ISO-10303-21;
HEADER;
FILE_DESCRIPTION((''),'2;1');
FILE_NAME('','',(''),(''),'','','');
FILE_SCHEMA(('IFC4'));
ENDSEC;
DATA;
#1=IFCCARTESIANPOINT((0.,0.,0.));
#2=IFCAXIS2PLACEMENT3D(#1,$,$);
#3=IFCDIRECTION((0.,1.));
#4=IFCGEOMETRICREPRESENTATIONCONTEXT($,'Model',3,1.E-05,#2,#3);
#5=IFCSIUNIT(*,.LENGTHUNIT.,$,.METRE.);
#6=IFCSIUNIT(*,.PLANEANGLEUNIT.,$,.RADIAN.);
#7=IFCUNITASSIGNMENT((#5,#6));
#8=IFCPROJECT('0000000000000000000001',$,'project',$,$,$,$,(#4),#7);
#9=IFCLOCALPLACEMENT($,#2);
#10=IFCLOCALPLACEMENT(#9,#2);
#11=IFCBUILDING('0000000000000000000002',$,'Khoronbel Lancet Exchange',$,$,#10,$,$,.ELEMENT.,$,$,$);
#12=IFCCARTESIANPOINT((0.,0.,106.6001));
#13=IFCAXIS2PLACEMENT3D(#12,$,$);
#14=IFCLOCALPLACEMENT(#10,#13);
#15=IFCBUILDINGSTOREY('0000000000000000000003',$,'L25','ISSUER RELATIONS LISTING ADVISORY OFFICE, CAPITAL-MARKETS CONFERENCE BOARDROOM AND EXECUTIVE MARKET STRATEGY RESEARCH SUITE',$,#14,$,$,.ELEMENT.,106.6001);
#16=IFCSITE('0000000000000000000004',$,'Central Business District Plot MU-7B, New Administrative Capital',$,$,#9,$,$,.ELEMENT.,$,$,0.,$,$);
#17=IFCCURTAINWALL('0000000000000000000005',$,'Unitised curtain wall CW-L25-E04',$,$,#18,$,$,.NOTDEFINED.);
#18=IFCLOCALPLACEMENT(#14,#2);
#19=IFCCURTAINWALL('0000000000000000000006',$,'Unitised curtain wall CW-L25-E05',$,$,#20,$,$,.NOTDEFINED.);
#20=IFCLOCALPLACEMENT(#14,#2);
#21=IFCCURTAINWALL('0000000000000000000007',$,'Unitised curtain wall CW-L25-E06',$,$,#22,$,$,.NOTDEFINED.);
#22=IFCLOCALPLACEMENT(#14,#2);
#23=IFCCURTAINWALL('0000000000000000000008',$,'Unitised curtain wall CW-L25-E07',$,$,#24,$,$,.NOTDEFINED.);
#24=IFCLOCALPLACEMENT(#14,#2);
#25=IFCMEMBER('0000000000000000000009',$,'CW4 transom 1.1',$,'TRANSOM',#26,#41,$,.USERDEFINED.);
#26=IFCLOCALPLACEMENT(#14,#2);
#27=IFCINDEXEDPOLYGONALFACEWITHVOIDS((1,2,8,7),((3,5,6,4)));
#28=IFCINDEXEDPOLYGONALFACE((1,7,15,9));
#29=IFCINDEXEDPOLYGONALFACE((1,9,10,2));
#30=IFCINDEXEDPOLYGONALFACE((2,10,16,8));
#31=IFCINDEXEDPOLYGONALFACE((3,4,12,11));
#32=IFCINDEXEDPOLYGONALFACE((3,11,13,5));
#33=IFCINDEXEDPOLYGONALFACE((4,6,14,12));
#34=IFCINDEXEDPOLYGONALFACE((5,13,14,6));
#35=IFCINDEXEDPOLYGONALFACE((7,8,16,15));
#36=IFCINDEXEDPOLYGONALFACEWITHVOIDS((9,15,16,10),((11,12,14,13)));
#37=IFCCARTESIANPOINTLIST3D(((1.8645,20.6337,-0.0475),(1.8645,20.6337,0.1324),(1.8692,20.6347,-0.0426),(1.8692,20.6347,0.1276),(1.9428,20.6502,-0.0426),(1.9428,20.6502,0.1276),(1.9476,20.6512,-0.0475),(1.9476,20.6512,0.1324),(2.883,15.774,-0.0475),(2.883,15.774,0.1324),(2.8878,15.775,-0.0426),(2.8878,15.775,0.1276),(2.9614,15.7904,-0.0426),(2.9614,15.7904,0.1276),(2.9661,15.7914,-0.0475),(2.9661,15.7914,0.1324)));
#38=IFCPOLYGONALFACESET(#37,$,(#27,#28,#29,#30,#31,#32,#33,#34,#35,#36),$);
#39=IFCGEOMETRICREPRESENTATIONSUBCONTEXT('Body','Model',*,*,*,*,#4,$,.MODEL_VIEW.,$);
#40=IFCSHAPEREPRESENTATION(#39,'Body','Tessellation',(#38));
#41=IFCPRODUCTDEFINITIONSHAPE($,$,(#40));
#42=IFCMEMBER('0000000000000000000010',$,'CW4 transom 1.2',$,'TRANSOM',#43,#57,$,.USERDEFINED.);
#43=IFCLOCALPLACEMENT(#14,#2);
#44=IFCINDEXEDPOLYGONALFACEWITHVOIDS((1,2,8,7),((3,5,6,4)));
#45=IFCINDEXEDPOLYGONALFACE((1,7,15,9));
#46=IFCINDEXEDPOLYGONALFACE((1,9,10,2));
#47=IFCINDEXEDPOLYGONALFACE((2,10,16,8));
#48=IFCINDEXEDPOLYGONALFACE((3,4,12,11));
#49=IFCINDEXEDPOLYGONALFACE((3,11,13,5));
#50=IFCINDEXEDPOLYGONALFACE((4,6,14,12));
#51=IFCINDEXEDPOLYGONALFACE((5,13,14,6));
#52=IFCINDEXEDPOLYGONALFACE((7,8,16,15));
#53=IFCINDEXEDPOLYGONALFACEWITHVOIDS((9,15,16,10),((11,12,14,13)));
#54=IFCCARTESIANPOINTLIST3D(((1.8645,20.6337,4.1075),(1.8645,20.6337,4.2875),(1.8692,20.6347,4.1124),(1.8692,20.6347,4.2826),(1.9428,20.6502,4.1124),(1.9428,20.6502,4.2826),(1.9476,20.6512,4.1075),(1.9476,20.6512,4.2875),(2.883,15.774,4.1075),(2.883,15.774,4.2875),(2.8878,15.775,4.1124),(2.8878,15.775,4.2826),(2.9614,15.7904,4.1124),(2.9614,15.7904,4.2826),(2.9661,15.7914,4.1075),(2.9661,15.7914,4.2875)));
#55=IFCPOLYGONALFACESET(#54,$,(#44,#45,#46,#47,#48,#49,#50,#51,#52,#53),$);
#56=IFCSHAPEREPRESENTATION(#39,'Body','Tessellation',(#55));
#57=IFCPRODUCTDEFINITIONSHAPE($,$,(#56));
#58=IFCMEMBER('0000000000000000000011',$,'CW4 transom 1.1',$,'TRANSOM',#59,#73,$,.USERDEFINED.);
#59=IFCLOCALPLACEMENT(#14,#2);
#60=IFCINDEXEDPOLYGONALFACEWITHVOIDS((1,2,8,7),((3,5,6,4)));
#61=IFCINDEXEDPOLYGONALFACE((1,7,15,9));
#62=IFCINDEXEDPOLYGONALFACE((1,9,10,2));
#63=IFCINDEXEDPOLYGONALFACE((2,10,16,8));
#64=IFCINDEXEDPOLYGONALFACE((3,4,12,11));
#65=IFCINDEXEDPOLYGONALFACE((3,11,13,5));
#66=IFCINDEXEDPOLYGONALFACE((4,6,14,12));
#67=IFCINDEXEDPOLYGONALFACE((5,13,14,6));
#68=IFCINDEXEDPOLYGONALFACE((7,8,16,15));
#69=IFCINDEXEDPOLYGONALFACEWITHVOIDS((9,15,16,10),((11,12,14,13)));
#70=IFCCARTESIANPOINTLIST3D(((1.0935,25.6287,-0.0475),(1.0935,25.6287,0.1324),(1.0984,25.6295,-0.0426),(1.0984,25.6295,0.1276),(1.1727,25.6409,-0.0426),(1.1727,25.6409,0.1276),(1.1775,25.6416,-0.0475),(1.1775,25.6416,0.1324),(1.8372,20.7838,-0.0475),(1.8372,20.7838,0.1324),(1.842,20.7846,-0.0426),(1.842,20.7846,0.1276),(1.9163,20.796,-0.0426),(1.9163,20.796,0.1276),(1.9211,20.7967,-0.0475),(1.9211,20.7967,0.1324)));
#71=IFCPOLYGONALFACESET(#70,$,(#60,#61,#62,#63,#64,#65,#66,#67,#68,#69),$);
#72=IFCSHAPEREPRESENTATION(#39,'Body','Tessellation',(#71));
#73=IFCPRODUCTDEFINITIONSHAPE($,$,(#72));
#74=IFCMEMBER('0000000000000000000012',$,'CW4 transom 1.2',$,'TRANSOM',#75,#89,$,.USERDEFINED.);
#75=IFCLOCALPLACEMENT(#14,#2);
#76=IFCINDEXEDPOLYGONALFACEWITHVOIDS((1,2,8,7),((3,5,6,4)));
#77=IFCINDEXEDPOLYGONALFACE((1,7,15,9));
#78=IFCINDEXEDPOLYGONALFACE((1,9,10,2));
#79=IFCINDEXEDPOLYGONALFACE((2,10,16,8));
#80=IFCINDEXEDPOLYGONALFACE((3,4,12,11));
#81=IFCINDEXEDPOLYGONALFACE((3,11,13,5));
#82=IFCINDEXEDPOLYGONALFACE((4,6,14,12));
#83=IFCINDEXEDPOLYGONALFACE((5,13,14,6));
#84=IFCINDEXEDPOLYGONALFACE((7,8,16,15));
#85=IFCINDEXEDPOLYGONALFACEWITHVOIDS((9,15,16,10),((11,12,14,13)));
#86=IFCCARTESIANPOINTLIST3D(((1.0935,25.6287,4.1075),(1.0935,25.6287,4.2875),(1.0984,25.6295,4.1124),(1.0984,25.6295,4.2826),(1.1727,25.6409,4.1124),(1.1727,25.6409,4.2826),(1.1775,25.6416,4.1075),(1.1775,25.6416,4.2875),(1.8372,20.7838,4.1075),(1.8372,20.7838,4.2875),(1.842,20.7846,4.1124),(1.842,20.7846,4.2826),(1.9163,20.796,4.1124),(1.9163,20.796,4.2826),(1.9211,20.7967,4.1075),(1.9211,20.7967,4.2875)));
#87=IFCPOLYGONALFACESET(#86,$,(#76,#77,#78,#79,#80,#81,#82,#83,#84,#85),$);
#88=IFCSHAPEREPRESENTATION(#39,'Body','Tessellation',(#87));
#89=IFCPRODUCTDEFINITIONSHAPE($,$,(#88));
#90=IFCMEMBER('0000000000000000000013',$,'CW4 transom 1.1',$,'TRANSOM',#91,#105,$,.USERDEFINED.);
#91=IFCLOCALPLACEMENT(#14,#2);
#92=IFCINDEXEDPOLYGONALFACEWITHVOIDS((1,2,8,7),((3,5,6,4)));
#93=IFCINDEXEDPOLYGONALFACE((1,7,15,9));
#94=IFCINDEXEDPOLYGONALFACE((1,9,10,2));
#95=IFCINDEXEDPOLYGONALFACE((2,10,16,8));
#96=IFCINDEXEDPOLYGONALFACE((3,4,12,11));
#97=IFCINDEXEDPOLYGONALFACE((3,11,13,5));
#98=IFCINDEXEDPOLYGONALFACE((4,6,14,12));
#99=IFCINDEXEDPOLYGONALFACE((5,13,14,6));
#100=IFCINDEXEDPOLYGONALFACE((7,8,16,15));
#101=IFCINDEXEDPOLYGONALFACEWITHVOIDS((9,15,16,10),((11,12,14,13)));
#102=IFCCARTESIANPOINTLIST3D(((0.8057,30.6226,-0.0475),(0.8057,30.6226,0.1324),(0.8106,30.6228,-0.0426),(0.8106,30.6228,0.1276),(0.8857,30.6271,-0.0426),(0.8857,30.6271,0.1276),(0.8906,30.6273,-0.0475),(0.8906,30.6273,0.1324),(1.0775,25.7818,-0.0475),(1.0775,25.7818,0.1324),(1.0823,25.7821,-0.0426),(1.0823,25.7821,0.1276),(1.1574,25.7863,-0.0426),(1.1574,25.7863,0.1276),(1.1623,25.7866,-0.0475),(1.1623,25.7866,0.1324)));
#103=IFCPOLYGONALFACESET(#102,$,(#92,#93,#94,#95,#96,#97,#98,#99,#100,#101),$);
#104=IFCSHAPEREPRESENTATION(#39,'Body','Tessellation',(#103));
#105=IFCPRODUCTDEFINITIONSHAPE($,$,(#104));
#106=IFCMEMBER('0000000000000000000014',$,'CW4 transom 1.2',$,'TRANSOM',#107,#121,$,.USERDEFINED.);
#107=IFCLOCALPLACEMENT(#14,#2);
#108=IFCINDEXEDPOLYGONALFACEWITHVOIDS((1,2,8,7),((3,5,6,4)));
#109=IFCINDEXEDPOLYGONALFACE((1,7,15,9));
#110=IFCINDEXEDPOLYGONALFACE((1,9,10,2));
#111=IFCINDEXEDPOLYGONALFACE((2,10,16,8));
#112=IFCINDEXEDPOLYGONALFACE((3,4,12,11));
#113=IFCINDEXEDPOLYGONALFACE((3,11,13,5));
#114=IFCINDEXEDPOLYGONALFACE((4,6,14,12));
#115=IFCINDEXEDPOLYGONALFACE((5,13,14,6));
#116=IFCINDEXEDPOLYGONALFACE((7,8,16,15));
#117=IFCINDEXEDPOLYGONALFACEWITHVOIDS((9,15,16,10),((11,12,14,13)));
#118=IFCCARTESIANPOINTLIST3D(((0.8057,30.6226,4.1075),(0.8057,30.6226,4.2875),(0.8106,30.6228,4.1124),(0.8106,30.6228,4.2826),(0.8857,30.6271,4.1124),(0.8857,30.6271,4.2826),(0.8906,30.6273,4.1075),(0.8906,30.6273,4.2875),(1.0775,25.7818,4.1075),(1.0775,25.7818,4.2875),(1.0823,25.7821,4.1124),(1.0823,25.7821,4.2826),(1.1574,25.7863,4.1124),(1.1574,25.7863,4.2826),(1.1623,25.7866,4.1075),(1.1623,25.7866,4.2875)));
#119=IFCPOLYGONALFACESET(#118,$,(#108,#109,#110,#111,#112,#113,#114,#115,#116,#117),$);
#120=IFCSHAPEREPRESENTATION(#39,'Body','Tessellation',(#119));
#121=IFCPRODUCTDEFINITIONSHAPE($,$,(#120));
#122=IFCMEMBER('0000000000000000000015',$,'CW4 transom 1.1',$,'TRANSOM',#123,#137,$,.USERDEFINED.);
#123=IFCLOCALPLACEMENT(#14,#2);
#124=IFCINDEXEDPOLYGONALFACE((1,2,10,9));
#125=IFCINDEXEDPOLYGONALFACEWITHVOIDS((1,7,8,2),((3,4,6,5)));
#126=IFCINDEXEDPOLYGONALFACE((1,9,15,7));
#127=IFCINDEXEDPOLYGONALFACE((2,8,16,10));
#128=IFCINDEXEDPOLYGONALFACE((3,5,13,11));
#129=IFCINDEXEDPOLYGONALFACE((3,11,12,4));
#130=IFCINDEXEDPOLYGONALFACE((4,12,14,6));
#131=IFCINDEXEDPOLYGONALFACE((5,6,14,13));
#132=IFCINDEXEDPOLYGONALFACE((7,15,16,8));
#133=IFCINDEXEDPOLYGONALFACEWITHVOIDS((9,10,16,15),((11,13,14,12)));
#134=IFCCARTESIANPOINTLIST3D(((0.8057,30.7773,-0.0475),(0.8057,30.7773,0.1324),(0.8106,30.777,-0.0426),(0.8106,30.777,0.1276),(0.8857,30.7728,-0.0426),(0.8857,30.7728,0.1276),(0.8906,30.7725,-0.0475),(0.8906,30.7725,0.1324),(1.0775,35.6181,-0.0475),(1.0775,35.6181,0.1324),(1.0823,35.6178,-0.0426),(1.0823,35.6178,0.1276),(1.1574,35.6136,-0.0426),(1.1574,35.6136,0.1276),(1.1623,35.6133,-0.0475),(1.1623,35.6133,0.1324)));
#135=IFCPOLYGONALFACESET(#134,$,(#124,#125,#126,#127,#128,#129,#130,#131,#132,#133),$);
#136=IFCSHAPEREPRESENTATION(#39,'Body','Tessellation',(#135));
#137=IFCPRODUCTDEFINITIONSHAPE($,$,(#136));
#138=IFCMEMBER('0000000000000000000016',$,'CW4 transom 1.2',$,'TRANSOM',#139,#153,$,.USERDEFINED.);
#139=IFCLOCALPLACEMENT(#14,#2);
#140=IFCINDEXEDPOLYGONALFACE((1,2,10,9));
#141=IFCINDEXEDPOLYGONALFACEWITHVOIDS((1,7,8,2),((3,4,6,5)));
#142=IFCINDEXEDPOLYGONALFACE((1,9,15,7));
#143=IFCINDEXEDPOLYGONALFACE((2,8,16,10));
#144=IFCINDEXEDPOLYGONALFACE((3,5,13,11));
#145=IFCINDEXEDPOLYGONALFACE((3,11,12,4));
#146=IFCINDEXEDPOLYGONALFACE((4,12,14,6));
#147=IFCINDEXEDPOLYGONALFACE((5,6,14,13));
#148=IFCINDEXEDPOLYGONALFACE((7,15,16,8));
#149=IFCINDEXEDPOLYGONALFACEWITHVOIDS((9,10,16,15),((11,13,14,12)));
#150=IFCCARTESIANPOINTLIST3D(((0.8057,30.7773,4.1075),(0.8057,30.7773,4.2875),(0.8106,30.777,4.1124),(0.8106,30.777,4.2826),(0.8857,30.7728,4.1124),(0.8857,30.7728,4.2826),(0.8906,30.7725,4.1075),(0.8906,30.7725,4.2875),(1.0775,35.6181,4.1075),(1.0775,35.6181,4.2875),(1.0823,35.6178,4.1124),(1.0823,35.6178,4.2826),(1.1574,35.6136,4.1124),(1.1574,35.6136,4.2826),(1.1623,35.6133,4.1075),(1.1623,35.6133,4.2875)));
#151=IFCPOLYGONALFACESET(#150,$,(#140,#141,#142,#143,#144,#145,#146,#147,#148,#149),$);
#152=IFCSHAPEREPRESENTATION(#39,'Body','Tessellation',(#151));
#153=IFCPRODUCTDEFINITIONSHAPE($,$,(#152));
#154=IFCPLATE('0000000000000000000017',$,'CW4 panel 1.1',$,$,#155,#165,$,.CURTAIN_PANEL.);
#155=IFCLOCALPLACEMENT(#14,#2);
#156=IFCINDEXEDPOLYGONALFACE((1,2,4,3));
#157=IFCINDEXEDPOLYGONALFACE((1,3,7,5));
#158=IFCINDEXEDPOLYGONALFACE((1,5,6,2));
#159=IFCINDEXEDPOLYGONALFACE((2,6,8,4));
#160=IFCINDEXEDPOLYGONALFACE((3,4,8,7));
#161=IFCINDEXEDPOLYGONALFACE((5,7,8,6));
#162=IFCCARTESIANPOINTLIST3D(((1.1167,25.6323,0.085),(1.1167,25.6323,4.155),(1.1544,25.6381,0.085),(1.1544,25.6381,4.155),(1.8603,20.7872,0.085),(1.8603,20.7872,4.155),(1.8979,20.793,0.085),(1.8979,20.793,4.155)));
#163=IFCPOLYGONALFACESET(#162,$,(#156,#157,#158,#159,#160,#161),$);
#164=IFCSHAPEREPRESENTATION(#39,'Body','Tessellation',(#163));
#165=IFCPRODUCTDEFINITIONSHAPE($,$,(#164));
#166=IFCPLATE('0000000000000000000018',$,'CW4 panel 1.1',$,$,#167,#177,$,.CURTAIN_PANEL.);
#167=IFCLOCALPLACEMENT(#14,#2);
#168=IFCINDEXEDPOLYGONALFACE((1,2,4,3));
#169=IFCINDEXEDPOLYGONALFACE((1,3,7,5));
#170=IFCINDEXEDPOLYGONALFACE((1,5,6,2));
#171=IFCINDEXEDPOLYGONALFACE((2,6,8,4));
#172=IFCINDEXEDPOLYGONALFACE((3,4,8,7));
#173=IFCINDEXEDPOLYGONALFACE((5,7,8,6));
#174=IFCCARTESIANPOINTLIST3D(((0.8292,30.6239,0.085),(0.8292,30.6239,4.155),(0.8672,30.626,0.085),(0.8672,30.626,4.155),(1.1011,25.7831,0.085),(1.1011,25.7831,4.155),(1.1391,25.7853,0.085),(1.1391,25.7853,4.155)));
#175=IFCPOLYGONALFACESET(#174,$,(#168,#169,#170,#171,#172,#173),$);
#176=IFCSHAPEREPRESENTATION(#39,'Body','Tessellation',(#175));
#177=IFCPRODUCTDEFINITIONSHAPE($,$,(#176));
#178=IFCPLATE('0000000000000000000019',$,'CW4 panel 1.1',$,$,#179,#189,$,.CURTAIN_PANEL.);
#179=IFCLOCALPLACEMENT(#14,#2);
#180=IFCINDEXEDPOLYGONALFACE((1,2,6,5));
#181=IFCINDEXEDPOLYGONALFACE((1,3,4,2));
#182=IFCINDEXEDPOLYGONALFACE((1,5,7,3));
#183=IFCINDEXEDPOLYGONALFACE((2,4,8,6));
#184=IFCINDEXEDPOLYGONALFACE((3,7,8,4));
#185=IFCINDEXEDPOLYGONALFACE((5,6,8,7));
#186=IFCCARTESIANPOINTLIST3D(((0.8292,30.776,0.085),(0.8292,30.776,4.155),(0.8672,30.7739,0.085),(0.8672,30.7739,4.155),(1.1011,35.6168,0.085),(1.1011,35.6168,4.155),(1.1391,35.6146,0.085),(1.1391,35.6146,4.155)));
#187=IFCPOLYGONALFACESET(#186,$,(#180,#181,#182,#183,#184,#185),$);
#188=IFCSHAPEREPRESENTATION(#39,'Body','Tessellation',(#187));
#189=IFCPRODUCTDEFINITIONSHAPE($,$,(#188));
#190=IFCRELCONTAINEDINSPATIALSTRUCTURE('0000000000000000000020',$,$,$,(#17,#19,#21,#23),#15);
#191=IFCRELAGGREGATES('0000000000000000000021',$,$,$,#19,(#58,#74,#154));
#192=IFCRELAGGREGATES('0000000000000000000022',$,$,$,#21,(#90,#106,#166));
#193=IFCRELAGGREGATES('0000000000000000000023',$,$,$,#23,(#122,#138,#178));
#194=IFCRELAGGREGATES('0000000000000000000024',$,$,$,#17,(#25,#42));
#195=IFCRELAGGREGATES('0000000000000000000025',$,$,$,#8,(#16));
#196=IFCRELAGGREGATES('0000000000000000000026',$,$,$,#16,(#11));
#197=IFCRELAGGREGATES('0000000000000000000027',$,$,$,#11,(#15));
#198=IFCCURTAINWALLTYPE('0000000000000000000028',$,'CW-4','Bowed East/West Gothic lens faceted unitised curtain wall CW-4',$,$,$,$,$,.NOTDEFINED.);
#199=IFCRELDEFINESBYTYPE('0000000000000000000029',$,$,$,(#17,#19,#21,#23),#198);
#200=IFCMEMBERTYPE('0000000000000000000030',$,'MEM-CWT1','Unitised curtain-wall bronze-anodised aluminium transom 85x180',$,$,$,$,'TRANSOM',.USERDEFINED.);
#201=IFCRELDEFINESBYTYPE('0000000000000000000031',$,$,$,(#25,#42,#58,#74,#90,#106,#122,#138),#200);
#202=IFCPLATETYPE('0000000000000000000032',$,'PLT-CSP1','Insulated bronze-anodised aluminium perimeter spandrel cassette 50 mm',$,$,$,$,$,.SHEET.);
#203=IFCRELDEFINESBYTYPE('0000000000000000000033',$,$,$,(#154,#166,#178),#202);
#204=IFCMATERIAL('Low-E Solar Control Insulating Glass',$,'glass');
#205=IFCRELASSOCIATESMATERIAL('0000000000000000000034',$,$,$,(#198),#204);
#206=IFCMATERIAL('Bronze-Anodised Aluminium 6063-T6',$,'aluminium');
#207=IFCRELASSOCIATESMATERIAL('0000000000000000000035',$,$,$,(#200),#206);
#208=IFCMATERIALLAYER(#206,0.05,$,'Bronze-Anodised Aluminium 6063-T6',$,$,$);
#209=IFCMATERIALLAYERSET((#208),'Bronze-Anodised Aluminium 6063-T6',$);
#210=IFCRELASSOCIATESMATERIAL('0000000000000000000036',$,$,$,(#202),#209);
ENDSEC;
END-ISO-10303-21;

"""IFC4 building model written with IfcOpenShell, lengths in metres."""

from ifc_helpers import new_model, si_unit, direction, frame, origin, origin_2d, place, context, subcontext, project, spatial, rectangle, hollow_rectangle, extrude, material, layer, layer_set, material_profile, profile_set, type_object, element, aggregate, save


model = new_model("IFC4")

# Units and contexts
model_context = context("Model", 3, precision=1e-05, world=origin(), true_north=direction((0.0, 1.0)))
body_context = subcontext(model_context, "Body", "Model", "MODEL_VIEW")
ifc_project = project(units=[si_unit("LENGTHUNIT", "METRE"), si_unit("PLANEANGLEUNIT", "RADIAN")], contexts=[model_context])

# Site, building, storey
site_placement = place(None, origin())
site = spatial("IfcSite", under=ifc_project, at=site_placement, Name="Central Business District Plot MU-7B, New Administrative Capital", CompositionType="ELEMENT", RefElevation=0.0)
building_placement = place(site_placement, origin())
building = spatial("IfcBuilding", under=site, at=building_placement, Name="Khoronbel Lancet Exchange", CompositionType="ELEMENT")
storey_placement = place(building_placement, frame((0.0, 0.0, 106.6001)))
storey = spatial("IfcBuildingStorey", under=building, at=storey_placement, Name="L25", Description="ISSUER RELATIONS LISTING ADVISORY OFFICE, CAPITAL-MARKETS CONFERENCE BOARDROOM AND EXECUTIVE MARKET STRATEGY RESEARCH SUITE", CompositionType="ELEMENT", Elevation=106.6001)

# Curtain walls
ifc_material_1 = material(Name="Low-E Solar Control Insulating Glass", Category="glass")
curtain_wall_type = type_object("IfcCurtainWallType", Name="CW-4", Description="Bowed East/West Gothic lens faceted unitised curtain wall CW-4", PredefinedType="NOTDEFINED", material=ifc_material_1)
curtain_wall_1_placement = place(storey_placement, origin())
curtain_wall_1 = element("IfcCurtainWall", 1, at=curtain_wall_1_placement, inside=storey, type_object=curtain_wall_type, Name="Unitised curtain wall CW-L25-E04", PredefinedType="NOTDEFINED")
ifc_material_2 = material(Name="Bronze-Anodised Aluminium 6063-T6", Category="aluminium")
curtain_wall_2_placement = place(storey_placement, origin())
curtain_wall_2 = element("IfcCurtainWall", 2, at=curtain_wall_2_placement, inside=storey, type_object=curtain_wall_type, Name="Unitised curtain wall CW-L25-E05", PredefinedType="NOTDEFINED")
curtain_wall_3_placement = place(storey_placement, origin())
curtain_wall_3 = element("IfcCurtainWall", 3, at=curtain_wall_3_placement, inside=storey, type_object=curtain_wall_type, Name="Unitised curtain wall CW-L25-E06", PredefinedType="NOTDEFINED")
curtain_wall_4_placement = place(storey_placement, origin())
curtain_wall_4 = element("IfcCurtainWall", 4, at=curtain_wall_4_placement, inside=storey, type_object=curtain_wall_type, Name="Unitised curtain wall CW-L25-E07", PredefinedType="NOTDEFINED")

# Members
ifc_material_profile_1 = material_profile(ifc_material_2, hollow_rectangle(XDim=0.085, YDim=0.1799, WallThickness=0.0049, at=origin_2d()), Name="ALU TRANSOM 85x180")
ifc_profile_set_1 = profile_set([ifc_material_profile_1], Name="Bronze-Anodised Aluminium 6063-T6")
member_type_1 = type_object("IfcMemberType", Name="MEM-CWT1", Description="Unitised curtain-wall bronze-anodised aluminium transom 85x180", ElementType="TRANSOM", PredefinedType="USERDEFINED", material=ifc_profile_set_1)
member_1_placement = place(storey_placement, frame((2.9246, 15.7827, 0.0425), z_axis=(-0.205128, 0.978735, 0.0), x_axis=(-0.978735, -0.205128, 0.0)))
member_1 = element("IfcMember", 5, at=member_1_placement, type_object=member_type_1, Name="CW4 transom 1.1", ObjectType="TRANSOM", PredefinedType="USERDEFINED", context=body_context, shape_type="SweptSolid", body=[
    extrude(hollow_rectangle(XDim=0.085, YDim=0.1799, WallThickness=0.0049, at=origin_2d()), origin(), (0.0, 0.0, 1.0), 4.9653),
])
member_2_placement = place(storey_placement, frame((2.9246, 15.7827, 4.1975), z_axis=(-0.205128, 0.978735, 0.0), x_axis=(-0.978735, -0.205128, 0.0)))
member_2 = element("IfcMember", 6, at=member_2_placement, type_object=member_type_1, Name="CW4 transom 1.2", ObjectType="TRANSOM", PredefinedType="USERDEFINED", context=body_context, shape_type="SweptSolid", body=[
    extrude(hollow_rectangle(XDim=0.085, YDim=0.1799, WallThickness=0.0049, at=origin_2d()), origin(), (0.0, 0.0, 1.0), 4.9653),
])
member_3_placement = place(storey_placement, frame((1.8792, 20.7903, 0.0425), z_axis=(-0.151713, 0.988425, 0.0), x_axis=(-0.988425, -0.151713, 0.0)))
member_3 = element("IfcMember", 7, at=member_3_placement, type_object=member_type_1, Name="CW4 transom 1.1", ObjectType="TRANSOM", PredefinedType="USERDEFINED", context=body_context, shape_type="SweptSolid", body=[
    extrude(hollow_rectangle(XDim=0.085, YDim=0.1799, WallThickness=0.0049, at=origin_2d()), origin(), (0.0, 0.0, 1.0), 4.9016),
])
member_4_placement = place(storey_placement, frame((1.8792, 20.7903, 4.1975), z_axis=(-0.151713, 0.988425, 0.0), x_axis=(-0.988425, -0.151713, 0.0)))
member_4 = element("IfcMember", 8, at=member_4_placement, type_object=member_type_1, Name="CW4 transom 1.2", ObjectType="TRANSOM", PredefinedType="USERDEFINED", context=body_context, shape_type="SweptSolid", body=[
    extrude(hollow_rectangle(XDim=0.085, YDim=0.1799, WallThickness=0.0049, at=origin_2d()), origin(), (0.0, 0.0, 1.0), 4.9016),
])
member_5_placement = place(storey_placement, frame((1.1199, 25.7842, 0.0425), z_axis=(-0.056045, 0.998428, 0.0), x_axis=(-0.998428, -0.056045, 0.0)))
member_5 = element("IfcMember", 9, at=member_5_placement, type_object=member_type_1, Name="CW4 transom 1.1", ObjectType="TRANSOM", PredefinedType="USERDEFINED", context=body_context, shape_type="SweptSolid", body=[
    extrude(hollow_rectangle(XDim=0.085, YDim=0.1799, WallThickness=0.0049, at=origin_2d()), origin(), (0.0, 0.0, 1.0), 4.8484),
])
member_6_placement = place(storey_placement, frame((1.1199, 25.7842, 4.1975), z_axis=(-0.056045, 0.998428, 0.0), x_axis=(-0.998428, -0.056045, 0.0)))
member_6 = element("IfcMember", 10, at=member_6_placement, type_object=member_type_1, Name="CW4 transom 1.2", ObjectType="TRANSOM", PredefinedType="USERDEFINED", context=body_context, shape_type="SweptSolid", body=[
    extrude(hollow_rectangle(XDim=0.085, YDim=0.1799, WallThickness=0.0049, at=origin_2d()), origin(), (0.0, 0.0, 1.0), 4.8484),
])
member_7_placement = place(storey_placement, frame((0.8481, 30.7749, 0.0425), z_axis=(0.056045, 0.998428, 0.0), x_axis=(-0.998428, 0.056045, 0.0)))
member_7 = element("IfcMember", 11, at=member_7_placement, type_object=member_type_1, Name="CW4 transom 1.1", ObjectType="TRANSOM", PredefinedType="USERDEFINED", context=body_context, shape_type="SweptSolid", body=[
    extrude(hollow_rectangle(XDim=0.085, YDim=0.1799, WallThickness=0.0049, at=origin_2d()), origin(), (0.0, 0.0, 1.0), 4.8484),
])
member_8_placement = place(storey_placement, frame((0.8481, 30.7749, 4.1975), z_axis=(0.056045, 0.998428, 0.0), x_axis=(-0.998428, 0.056045, 0.0)))
member_8 = element("IfcMember", 12, at=member_8_placement, type_object=member_type_1, Name="CW4 transom 1.2", ObjectType="TRANSOM", PredefinedType="USERDEFINED", context=body_context, shape_type="SweptSolid", body=[
    extrude(hollow_rectangle(XDim=0.085, YDim=0.1799, WallThickness=0.0049, at=origin_2d()), origin(), (0.0, 0.0, 1.0), 4.8484),
])

# Plates
ifc_layer_1 = layer(ifc_material_2, 0.05, Name="Bronze-Anodised Aluminium 6063-T6")
ifc_layer_set_1 = layer_set([ifc_layer_1], Name="Bronze-Anodised Aluminium 6063-T6")
plate_type_1 = type_object("IfcPlateType", Name="PLT-CSP1", Description="Insulated bronze-anodised aluminium perimeter spandrel cassette 50 mm", PredefinedType="SHEET", material=ifc_layer_set_1)
plate_1_placement = place(storey_placement, frame((1.5073, 23.2126, 0.085), z_axis=(0.0, 0.0, 1.0), x_axis=(-0.15169, 0.988428, 0.0)))
plate_1 = element("IfcPlate", 13, at=plate_1_placement, type_object=plate_type_1, Name="CW4 panel 1.1", PredefinedType="CURTAIN_PANEL", context=body_context, shape_type="SweptSolid", body=[
    extrude(rectangle(XDim=4.9019, YDim=0.0381, at=origin_2d()), origin(), (0.0, 0.0, 1.0), 4.0701),
])
aggregate(curtain_wall_2, [member_3, member_4, plate_1])
plate_2_placement = place(storey_placement, frame((0.9841, 28.2046, 0.085), z_axis=(0.0, 0.0, 1.0), x_axis=(-0.056077, 0.998426, 0.0)))
plate_2 = element("IfcPlate", 14, at=plate_2_placement, type_object=plate_type_1, Name="CW4 panel 1.1", PredefinedType="CURTAIN_PANEL", context=body_context, shape_type="SweptSolid", body=[
    extrude(rectangle(XDim=4.8484, YDim=0.0381, at=origin_2d()), origin(), (0.0, 0.0, 1.0), 4.0701),
])
aggregate(curtain_wall_3, [member_5, member_6, plate_2])
plate_3_placement = place(storey_placement, frame((0.9841, 33.1953, 0.085), z_axis=(0.0, 0.0, 1.0), x_axis=(0.056077, 0.998426, 0.0)))
plate_3 = element("IfcPlate", 15, at=plate_3_placement, type_object=plate_type_1, Name="CW4 panel 1.1", PredefinedType="CURTAIN_PANEL", context=body_context, shape_type="SweptSolid", body=[
    extrude(rectangle(XDim=4.8484, YDim=0.0381, at=origin_2d()), origin(), (0.0, 0.0, 1.0), 4.0701),
])
aggregate(curtain_wall_4, [member_7, member_8, plate_3])
aggregate(curtain_wall_1, [member_1, member_2])

save(model, "model.ifc")
